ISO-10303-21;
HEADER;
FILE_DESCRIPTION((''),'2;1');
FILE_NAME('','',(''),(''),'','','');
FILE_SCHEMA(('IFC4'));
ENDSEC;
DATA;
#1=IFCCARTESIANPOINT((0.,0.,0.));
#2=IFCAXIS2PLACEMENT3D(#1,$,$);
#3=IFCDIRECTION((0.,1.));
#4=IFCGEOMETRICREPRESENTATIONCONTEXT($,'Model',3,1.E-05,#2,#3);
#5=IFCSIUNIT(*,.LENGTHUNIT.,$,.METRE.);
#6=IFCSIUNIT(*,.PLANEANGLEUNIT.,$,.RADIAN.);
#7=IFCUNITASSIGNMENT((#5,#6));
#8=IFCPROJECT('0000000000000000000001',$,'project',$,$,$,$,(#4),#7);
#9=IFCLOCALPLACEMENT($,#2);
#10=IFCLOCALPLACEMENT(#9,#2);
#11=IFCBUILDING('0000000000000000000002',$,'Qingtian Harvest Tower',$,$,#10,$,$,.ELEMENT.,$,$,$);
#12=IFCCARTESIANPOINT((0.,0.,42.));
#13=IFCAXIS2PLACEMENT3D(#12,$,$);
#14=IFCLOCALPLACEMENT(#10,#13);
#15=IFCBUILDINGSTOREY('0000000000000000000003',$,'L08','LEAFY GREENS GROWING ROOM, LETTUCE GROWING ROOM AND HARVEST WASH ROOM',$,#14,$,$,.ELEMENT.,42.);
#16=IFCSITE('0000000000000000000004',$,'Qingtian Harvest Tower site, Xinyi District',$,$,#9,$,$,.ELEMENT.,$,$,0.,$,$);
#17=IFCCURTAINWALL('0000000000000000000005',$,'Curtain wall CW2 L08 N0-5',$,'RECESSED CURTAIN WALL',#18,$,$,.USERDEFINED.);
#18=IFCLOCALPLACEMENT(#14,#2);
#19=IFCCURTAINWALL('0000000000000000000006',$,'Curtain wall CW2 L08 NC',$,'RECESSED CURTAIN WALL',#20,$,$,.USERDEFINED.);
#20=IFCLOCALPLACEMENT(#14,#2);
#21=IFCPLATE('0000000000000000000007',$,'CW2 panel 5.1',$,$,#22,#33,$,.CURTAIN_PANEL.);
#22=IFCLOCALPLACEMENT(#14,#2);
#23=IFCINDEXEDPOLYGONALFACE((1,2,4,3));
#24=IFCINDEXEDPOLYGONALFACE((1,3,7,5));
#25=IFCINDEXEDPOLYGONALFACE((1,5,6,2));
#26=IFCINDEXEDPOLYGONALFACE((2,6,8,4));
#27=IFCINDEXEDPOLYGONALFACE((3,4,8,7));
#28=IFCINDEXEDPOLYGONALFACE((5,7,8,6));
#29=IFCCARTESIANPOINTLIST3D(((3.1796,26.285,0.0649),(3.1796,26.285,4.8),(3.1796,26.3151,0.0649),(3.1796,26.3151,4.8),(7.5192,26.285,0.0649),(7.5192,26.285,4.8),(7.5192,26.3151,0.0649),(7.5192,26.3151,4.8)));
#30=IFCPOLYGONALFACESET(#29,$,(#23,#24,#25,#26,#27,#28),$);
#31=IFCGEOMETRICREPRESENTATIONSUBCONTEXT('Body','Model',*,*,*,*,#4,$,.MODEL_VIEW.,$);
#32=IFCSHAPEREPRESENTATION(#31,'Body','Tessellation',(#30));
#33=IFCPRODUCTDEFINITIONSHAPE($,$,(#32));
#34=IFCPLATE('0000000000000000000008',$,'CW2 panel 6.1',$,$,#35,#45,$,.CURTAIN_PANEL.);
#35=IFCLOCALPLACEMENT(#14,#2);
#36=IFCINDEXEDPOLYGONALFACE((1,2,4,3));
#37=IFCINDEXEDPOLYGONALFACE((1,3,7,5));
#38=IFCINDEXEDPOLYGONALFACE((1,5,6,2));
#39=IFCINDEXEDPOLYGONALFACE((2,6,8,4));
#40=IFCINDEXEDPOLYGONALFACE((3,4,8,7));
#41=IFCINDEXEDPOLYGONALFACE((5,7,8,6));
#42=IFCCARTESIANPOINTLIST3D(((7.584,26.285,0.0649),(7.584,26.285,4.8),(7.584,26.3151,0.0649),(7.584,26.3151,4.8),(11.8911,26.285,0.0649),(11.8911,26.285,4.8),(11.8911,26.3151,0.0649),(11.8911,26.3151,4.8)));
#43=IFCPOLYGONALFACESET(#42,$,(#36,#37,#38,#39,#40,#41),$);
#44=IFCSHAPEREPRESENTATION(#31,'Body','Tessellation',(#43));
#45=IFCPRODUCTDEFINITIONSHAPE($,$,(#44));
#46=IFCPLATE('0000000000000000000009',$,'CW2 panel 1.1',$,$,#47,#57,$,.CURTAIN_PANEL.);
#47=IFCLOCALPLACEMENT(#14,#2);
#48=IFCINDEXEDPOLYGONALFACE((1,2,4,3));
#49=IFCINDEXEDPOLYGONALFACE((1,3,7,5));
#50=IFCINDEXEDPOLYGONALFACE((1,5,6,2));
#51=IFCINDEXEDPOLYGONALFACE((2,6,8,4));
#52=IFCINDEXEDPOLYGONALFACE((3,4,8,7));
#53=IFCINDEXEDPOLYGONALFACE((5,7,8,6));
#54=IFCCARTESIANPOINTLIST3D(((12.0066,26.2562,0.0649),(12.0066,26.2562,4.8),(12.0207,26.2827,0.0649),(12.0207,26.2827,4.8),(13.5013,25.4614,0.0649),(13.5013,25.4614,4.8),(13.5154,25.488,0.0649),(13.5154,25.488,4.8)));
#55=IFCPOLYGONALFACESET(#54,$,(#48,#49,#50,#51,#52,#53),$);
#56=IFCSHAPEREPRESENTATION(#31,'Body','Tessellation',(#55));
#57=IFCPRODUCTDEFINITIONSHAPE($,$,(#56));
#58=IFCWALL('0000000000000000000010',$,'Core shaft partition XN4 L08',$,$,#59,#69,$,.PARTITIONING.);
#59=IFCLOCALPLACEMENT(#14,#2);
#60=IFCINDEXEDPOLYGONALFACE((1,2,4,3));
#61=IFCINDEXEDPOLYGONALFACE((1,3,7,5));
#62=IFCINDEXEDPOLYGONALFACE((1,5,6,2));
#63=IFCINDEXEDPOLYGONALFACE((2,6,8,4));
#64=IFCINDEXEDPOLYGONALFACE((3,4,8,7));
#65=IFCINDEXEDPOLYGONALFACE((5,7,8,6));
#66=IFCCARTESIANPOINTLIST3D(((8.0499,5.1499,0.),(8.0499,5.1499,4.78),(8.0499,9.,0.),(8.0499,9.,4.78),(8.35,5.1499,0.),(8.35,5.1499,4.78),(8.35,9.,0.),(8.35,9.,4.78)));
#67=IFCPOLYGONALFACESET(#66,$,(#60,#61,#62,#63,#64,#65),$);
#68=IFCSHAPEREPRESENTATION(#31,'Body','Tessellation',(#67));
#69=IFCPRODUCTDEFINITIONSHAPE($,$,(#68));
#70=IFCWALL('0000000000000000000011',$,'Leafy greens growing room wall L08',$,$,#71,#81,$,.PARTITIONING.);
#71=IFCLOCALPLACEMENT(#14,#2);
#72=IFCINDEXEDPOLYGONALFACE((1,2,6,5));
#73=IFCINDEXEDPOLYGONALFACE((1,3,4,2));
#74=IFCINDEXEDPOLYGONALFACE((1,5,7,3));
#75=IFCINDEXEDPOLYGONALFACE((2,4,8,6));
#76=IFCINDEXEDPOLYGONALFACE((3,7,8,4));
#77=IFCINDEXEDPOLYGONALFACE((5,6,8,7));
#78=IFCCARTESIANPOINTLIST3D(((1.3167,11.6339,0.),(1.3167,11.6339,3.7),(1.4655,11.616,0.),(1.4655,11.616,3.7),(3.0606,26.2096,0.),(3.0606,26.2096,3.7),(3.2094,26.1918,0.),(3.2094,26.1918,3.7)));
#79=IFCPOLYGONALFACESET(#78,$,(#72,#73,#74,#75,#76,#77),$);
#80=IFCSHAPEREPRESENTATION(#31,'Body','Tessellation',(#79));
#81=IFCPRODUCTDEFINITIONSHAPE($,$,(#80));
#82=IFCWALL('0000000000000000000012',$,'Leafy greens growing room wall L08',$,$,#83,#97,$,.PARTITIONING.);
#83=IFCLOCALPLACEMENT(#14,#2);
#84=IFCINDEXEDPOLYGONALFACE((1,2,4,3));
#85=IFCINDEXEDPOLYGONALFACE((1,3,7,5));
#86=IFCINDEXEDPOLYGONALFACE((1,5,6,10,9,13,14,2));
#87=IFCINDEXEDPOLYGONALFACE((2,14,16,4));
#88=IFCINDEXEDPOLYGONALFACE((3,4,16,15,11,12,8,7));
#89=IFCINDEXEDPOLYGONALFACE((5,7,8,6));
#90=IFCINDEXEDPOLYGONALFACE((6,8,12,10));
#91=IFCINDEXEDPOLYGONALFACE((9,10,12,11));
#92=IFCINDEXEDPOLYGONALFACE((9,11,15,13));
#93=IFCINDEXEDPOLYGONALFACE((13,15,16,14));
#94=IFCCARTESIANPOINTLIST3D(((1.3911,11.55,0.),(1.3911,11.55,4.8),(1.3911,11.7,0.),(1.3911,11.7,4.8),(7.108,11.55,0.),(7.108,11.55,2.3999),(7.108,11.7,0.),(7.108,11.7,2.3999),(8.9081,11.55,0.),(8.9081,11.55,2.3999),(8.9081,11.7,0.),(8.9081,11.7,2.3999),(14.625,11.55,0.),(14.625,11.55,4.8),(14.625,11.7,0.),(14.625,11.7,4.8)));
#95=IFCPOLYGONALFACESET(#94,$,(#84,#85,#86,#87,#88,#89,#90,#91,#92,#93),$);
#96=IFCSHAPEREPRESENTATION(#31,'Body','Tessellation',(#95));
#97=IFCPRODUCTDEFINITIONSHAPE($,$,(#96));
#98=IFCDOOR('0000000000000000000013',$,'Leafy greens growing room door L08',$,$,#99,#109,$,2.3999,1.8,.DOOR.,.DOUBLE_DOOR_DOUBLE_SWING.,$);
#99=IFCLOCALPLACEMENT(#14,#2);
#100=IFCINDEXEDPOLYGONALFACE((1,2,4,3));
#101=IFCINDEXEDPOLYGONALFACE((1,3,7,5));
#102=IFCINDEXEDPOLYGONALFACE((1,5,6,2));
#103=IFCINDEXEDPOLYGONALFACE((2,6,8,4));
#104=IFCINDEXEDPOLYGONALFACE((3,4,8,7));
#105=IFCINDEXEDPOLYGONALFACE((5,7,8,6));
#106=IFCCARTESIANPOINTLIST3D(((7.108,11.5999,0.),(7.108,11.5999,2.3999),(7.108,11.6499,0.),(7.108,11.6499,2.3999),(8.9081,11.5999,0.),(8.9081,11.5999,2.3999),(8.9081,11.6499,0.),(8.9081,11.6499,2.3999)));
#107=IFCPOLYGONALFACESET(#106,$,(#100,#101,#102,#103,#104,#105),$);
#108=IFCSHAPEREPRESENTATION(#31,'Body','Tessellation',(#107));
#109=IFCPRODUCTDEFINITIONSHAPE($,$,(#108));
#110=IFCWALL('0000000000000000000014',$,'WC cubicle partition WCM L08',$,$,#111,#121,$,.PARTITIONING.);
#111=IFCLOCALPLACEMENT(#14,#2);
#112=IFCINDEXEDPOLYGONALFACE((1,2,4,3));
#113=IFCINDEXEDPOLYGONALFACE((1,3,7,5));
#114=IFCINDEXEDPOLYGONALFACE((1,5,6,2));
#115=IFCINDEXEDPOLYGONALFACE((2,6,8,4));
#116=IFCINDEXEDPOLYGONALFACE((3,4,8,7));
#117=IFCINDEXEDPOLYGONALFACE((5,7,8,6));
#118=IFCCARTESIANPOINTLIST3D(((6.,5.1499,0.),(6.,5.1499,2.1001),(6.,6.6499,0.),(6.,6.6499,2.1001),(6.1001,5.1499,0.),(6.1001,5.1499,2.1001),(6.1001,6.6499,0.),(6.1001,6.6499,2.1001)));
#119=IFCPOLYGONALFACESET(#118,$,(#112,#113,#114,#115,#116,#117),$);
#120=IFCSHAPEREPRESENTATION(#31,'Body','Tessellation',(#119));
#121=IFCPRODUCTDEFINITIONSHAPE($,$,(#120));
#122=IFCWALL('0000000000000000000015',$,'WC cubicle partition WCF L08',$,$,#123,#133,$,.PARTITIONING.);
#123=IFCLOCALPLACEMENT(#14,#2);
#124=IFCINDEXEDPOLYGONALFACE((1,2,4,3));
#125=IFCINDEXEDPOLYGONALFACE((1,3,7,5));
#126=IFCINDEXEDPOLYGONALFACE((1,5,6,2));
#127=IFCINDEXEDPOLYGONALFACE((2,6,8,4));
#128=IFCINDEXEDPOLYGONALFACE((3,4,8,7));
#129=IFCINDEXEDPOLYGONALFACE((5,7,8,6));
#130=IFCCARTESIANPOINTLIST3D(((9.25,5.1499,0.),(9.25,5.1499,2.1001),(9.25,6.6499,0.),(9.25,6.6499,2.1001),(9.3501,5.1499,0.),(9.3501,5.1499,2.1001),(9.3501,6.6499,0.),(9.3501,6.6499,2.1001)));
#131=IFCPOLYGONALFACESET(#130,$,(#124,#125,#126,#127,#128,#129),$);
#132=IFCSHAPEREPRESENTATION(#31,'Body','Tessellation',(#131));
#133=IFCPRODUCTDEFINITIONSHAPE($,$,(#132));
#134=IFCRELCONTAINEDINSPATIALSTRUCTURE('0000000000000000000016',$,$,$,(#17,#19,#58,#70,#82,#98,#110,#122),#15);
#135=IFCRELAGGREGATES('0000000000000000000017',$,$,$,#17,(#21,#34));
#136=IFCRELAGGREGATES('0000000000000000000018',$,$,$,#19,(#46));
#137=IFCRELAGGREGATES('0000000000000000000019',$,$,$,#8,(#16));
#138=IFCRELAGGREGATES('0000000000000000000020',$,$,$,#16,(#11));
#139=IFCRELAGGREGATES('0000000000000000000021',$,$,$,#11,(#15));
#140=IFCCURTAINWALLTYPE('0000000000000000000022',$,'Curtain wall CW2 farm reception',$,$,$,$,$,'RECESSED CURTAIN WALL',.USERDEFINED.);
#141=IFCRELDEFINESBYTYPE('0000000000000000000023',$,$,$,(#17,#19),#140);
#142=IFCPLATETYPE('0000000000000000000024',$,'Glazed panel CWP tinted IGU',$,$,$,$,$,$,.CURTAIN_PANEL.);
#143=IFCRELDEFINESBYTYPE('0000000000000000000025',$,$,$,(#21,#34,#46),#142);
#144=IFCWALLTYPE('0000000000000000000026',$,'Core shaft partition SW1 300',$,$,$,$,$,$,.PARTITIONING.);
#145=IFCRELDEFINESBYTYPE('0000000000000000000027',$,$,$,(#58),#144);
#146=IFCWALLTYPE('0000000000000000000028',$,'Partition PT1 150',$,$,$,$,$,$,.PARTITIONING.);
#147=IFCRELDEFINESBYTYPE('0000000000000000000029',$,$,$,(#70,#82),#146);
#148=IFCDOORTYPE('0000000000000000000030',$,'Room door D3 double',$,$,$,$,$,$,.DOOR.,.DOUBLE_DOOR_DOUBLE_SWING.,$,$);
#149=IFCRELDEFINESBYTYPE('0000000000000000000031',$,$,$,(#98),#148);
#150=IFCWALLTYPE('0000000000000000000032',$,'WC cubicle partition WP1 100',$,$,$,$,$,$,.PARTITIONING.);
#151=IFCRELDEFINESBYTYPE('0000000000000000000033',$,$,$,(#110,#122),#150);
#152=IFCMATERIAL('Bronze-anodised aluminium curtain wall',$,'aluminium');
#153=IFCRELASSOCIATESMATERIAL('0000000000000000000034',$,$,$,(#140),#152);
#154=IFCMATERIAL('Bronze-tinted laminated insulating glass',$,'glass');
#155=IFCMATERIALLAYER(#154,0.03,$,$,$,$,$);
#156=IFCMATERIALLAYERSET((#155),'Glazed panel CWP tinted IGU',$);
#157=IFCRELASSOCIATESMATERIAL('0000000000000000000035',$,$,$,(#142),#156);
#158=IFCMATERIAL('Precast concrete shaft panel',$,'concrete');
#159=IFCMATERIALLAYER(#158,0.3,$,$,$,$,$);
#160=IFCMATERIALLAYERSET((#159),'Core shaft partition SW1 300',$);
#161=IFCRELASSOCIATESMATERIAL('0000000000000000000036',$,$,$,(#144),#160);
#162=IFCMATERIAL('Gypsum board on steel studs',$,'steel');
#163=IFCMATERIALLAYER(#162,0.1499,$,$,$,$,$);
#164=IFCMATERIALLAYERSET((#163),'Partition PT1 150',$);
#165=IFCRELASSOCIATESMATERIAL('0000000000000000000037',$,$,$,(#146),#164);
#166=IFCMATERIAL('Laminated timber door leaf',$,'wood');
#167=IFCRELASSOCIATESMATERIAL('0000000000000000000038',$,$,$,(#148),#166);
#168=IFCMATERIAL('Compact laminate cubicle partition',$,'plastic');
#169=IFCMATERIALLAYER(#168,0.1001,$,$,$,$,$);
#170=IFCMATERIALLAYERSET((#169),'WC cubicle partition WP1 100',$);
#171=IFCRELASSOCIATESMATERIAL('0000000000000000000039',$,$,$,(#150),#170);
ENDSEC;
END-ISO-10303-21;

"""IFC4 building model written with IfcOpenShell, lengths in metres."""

from ifc_helpers import new_model, si_unit, direction, frame, frame_2d, origin, origin_2d, place, context, subcontext, project, spatial, rectangle, extrude, material, layer, layer_set, type_object, element, fill, aggregate, save


model = new_model("IFC4")

# Units and contexts
model_context = context("Model", 3, precision=1e-05, world=origin(), true_north=direction((0.0, 1.0)))
body_context = subcontext(model_context, "Body", "Model", "MODEL_VIEW")
ifc_project = project(units=[si_unit("LENGTHUNIT", "METRE"), si_unit("PLANEANGLEUNIT", "RADIAN")], contexts=[model_context])

# Site, building, storey
site_placement = place(None, origin())
site = spatial("IfcSite", under=ifc_project, at=site_placement, Name="Qingtian Harvest Tower site, Xinyi District", CompositionType="ELEMENT", RefElevation=0.0)
building_placement = place(site_placement, origin())
building = spatial("IfcBuilding", under=site, at=building_placement, Name="Qingtian Harvest Tower", CompositionType="ELEMENT")
storey_placement = place(building_placement, frame((0.0, 0.0, 42.0)))
storey = spatial("IfcBuildingStorey", under=building, at=storey_placement, Name="L08", Description="LEAFY GREENS GROWING ROOM, LETTUCE GROWING ROOM AND HARVEST WASH ROOM", CompositionType="ELEMENT", Elevation=42.0)

# Curtain walls
ifc_material_1 = material(Name="Bronze-anodised aluminium curtain wall", Category="aluminium")
curtain_wall_type = type_object("IfcCurtainWallType", Name="Curtain wall CW2 farm reception", ElementType="RECESSED CURTAIN WALL", PredefinedType="USERDEFINED", material=ifc_material_1)
curtain_wall_1_placement = place(storey_placement, origin())
curtain_wall_1 = element("IfcCurtainWall", 1, at=curtain_wall_1_placement, inside=storey, type_object=curtain_wall_type, Name="Curtain wall CW2 L08 N0-5", ObjectType="RECESSED CURTAIN WALL", PredefinedType="USERDEFINED")
curtain_wall_2_placement = place(storey_placement, origin())
curtain_wall_2 = element("IfcCurtainWall", 2, at=curtain_wall_2_placement, inside=storey, type_object=curtain_wall_type, Name="Curtain wall CW2 L08 NC", ObjectType="RECESSED CURTAIN WALL", PredefinedType="USERDEFINED")

# Plates
ifc_material_2 = material(Name="Bronze-tinted laminated insulating glass", Category="glass")
ifc_layer_1 = layer(ifc_material_2, 0.03)
ifc_layer_set_1 = layer_set([ifc_layer_1], Name="Glazed panel CWP tinted IGU")
plate_type = type_object("IfcPlateType", Name="Glazed panel CWP tinted IGU", PredefinedType="CURTAIN_PANEL", material=ifc_layer_set_1)
plate_1_placement = place(storey_placement, frame((5.3494, 26.3, 0.0649), z_axis=(0.0, 0.0, 1.0), x_axis=(1.0, 0.0, 0.0)))
plate_1 = element("IfcPlate", 3, at=plate_1_placement, type_object=plate_type, Name="CW2 panel 5.1", PredefinedType="CURTAIN_PANEL", context=body_context, shape_type="SweptSolid", body=[
    extrude(rectangle(XDim=4.3396, YDim=0.03, at=origin_2d()), origin(), (0.0, 0.0, 1.0), 4.7351),
])
plate_2_placement = place(storey_placement, frame((9.7375, 26.3, 0.0649), z_axis=(0.0, 0.0, 1.0), x_axis=(1.0, 0.0, 0.0)))
plate_2 = element("IfcPlate", 4, at=plate_2_placement, type_object=plate_type, Name="CW2 panel 6.1", PredefinedType="CURTAIN_PANEL", context=body_context, shape_type="SweptSolid", body=[
    extrude(rectangle(XDim=4.3071, YDim=0.03, at=origin_2d()), origin(), (0.0, 0.0, 1.0), 4.7351),
])
aggregate(curtain_wall_1, [plate_1, plate_2])
plate_3_placement = place(storey_placement, frame((12.761, 25.8721, 0.0649), z_axis=(0.0, 0.0, 1.0), x_axis=(0.882948, -0.469472, 0.0)))
plate_3 = element("IfcPlate", 5, at=plate_3_placement, type_object=plate_type, Name="CW2 panel 1.1", PredefinedType="CURTAIN_PANEL", context=body_context, shape_type="SweptSolid", body=[
    extrude(rectangle(XDim=1.6929, YDim=0.03, at=origin_2d()), origin(), (0.0, 0.0, 1.0), 4.7351),
])
aggregate(curtain_wall_2, [plate_3])

# Walls
ifc_material_3 = material(Name="Precast concrete shaft panel", Category="concrete")
ifc_layer_2 = layer(ifc_material_3, 0.3)
ifc_layer_set_2 = layer_set([ifc_layer_2], Name="Core shaft partition SW1 300")
wall_type_1 = type_object("IfcWallType", Name="Core shaft partition SW1 300", PredefinedType="PARTITIONING", material=ifc_layer_set_2)
wall_1_placement = place(storey_placement, frame((8.2, 5.1499, 0.0), z_axis=(0.0, 0.0, 1.0), x_axis=(0.0, 1.0, 0.0)))
element("IfcWall", 6, at=wall_1_placement, inside=storey, type_object=wall_type_1, Name="Core shaft partition XN4 L08", PredefinedType="PARTITIONING", context=body_context, shape_type="SweptSolid", body=[
    extrude(rectangle(XDim=3.8501, YDim=0.3, at=frame_2d((1.925, 0.0))), origin(), (0.0, 0.0, 1.0), 4.78),
])
ifc_material_4 = material(Name="Gypsum board on steel studs", Category="steel")
ifc_layer_3 = layer(ifc_material_4, 0.1499)
ifc_layer_set_3 = layer_set([ifc_layer_3], Name="Partition PT1 150")
wall_type_2 = type_object("IfcWallType", Name="Partition PT1 150", PredefinedType="PARTITIONING", material=ifc_layer_set_3)
wall_2_placement = place(storey_placement, frame((3.135, 26.2007, 0.0), z_axis=(0.0, 0.0, 1.0), x_axis=(-0.118797, -0.992919, 0.0)))
element("IfcWall", 7, at=wall_2_placement, inside=storey, type_object=wall_type_2, Name="Leafy greens growing room wall L08", PredefinedType="PARTITIONING", context=body_context, shape_type="SweptSolid", body=[
    extrude(rectangle(XDim=14.6797, YDim=0.1499, at=frame_2d((7.3398, 0.0))), origin(), (0.0, 0.0, 1.0), 3.7),
])

# Wall, opening, door
wall_3_placement = place(storey_placement, frame((1.3911, 11.625, 0.0), z_axis=(0.0, 0.0, 1.0), x_axis=(1.0, 0.0, 0.0)))
wall_3 = element("IfcWall", 8, at=wall_3_placement, inside=storey, type_object=wall_type_2, Name="Leafy greens growing room wall L08", PredefinedType="PARTITIONING", context=body_context, shape_type="SweptSolid", body=[
    extrude(rectangle(XDim=13.2339, YDim=0.1499, at=frame_2d((6.6169, 0.0))), origin(), (0.0, 0.0, 1.0), 4.8),
])
opening_placement = place(wall_3_placement, frame((5.717, 0.0, 0.0)))
opening = element("IfcOpeningElement", 9, at=opening_placement, cuts=wall_3, PredefinedType="OPENING", context=body_context, shape_type="SweptSolid", body=[
    extrude(rectangle(XDim=1.8, YDim=2.3999, at=frame_2d((0.8999, 1.2))), frame((0.0, 0.085, 0.0), z_axis=(0.0, -1.0, 0.0), x_axis=(1.0, 0.0, 0.0)), (0.0, 0.0, 1.0), 0.1699),
])
ifc_material_5 = material(Name="Laminated timber door leaf", Category="wood")
door_type = type_object("IfcDoorType", Name="Room door D3 double", OperationType="DOUBLE_DOOR_DOUBLE_SWING", PredefinedType="DOOR", material=ifc_material_5)
door_placement = place(opening_placement, origin())
door = element("IfcDoor", 10, at=door_placement, inside=storey, type_object=door_type, Name="Leafy greens growing room door L08", OperationType="DOUBLE_DOOR_DOUBLE_SWING", OverallHeight=2.3999, OverallWidth=1.8, PredefinedType="DOOR", context=body_context, shape_type="SweptSolid", body=[
    extrude(rectangle(XDim=1.8, YDim=2.3999, at=frame_2d((0.8999, 1.2))), frame((0.0, 0.0249, 0.0), z_axis=(0.0, -1.0, 0.0), x_axis=(1.0, 0.0, 0.0)), (0.0, 0.0, 1.0), 0.05),
])
fill(opening, door)

# Walls
ifc_material_6 = material(Name="Compact laminate cubicle partition", Category="plastic")
ifc_layer_4 = layer(ifc_material_6, 0.1001)
ifc_layer_set_4 = layer_set([ifc_layer_4], Name="WC cubicle partition WP1 100")
wall_type_3 = type_object("IfcWallType", Name="WC cubicle partition WP1 100", PredefinedType="PARTITIONING", material=ifc_layer_set_4)
for number, where, z_axis, x_axis, name in (
    (11, (6.05, 5.1499, 0.0), (0.0, 0.0, 1.0), (0.0, 1.0, 0.0), "WC cubicle partition WCM L08"),
    (12, (9.3, 5.1499, 0.0), (0.0, 0.0, 1.0), (0.0, 1.0, 0.0), "WC cubicle partition WCF L08"),
):
    element("IfcWall", number, at=place(storey_placement, frame(where, z_axis=z_axis, x_axis=x_axis)), inside=storey, type_object=wall_type_3, Name=name, PredefinedType="PARTITIONING", context=body_context, shape_type="SweptSolid", body=[
        extrude(rectangle(XDim=1.5, YDim=0.1001, at=frame_2d((0.75, 0.0))), origin(), (0.0, 0.0, 1.0), 2.1001),
    ])

save(model, "model.ifc")
